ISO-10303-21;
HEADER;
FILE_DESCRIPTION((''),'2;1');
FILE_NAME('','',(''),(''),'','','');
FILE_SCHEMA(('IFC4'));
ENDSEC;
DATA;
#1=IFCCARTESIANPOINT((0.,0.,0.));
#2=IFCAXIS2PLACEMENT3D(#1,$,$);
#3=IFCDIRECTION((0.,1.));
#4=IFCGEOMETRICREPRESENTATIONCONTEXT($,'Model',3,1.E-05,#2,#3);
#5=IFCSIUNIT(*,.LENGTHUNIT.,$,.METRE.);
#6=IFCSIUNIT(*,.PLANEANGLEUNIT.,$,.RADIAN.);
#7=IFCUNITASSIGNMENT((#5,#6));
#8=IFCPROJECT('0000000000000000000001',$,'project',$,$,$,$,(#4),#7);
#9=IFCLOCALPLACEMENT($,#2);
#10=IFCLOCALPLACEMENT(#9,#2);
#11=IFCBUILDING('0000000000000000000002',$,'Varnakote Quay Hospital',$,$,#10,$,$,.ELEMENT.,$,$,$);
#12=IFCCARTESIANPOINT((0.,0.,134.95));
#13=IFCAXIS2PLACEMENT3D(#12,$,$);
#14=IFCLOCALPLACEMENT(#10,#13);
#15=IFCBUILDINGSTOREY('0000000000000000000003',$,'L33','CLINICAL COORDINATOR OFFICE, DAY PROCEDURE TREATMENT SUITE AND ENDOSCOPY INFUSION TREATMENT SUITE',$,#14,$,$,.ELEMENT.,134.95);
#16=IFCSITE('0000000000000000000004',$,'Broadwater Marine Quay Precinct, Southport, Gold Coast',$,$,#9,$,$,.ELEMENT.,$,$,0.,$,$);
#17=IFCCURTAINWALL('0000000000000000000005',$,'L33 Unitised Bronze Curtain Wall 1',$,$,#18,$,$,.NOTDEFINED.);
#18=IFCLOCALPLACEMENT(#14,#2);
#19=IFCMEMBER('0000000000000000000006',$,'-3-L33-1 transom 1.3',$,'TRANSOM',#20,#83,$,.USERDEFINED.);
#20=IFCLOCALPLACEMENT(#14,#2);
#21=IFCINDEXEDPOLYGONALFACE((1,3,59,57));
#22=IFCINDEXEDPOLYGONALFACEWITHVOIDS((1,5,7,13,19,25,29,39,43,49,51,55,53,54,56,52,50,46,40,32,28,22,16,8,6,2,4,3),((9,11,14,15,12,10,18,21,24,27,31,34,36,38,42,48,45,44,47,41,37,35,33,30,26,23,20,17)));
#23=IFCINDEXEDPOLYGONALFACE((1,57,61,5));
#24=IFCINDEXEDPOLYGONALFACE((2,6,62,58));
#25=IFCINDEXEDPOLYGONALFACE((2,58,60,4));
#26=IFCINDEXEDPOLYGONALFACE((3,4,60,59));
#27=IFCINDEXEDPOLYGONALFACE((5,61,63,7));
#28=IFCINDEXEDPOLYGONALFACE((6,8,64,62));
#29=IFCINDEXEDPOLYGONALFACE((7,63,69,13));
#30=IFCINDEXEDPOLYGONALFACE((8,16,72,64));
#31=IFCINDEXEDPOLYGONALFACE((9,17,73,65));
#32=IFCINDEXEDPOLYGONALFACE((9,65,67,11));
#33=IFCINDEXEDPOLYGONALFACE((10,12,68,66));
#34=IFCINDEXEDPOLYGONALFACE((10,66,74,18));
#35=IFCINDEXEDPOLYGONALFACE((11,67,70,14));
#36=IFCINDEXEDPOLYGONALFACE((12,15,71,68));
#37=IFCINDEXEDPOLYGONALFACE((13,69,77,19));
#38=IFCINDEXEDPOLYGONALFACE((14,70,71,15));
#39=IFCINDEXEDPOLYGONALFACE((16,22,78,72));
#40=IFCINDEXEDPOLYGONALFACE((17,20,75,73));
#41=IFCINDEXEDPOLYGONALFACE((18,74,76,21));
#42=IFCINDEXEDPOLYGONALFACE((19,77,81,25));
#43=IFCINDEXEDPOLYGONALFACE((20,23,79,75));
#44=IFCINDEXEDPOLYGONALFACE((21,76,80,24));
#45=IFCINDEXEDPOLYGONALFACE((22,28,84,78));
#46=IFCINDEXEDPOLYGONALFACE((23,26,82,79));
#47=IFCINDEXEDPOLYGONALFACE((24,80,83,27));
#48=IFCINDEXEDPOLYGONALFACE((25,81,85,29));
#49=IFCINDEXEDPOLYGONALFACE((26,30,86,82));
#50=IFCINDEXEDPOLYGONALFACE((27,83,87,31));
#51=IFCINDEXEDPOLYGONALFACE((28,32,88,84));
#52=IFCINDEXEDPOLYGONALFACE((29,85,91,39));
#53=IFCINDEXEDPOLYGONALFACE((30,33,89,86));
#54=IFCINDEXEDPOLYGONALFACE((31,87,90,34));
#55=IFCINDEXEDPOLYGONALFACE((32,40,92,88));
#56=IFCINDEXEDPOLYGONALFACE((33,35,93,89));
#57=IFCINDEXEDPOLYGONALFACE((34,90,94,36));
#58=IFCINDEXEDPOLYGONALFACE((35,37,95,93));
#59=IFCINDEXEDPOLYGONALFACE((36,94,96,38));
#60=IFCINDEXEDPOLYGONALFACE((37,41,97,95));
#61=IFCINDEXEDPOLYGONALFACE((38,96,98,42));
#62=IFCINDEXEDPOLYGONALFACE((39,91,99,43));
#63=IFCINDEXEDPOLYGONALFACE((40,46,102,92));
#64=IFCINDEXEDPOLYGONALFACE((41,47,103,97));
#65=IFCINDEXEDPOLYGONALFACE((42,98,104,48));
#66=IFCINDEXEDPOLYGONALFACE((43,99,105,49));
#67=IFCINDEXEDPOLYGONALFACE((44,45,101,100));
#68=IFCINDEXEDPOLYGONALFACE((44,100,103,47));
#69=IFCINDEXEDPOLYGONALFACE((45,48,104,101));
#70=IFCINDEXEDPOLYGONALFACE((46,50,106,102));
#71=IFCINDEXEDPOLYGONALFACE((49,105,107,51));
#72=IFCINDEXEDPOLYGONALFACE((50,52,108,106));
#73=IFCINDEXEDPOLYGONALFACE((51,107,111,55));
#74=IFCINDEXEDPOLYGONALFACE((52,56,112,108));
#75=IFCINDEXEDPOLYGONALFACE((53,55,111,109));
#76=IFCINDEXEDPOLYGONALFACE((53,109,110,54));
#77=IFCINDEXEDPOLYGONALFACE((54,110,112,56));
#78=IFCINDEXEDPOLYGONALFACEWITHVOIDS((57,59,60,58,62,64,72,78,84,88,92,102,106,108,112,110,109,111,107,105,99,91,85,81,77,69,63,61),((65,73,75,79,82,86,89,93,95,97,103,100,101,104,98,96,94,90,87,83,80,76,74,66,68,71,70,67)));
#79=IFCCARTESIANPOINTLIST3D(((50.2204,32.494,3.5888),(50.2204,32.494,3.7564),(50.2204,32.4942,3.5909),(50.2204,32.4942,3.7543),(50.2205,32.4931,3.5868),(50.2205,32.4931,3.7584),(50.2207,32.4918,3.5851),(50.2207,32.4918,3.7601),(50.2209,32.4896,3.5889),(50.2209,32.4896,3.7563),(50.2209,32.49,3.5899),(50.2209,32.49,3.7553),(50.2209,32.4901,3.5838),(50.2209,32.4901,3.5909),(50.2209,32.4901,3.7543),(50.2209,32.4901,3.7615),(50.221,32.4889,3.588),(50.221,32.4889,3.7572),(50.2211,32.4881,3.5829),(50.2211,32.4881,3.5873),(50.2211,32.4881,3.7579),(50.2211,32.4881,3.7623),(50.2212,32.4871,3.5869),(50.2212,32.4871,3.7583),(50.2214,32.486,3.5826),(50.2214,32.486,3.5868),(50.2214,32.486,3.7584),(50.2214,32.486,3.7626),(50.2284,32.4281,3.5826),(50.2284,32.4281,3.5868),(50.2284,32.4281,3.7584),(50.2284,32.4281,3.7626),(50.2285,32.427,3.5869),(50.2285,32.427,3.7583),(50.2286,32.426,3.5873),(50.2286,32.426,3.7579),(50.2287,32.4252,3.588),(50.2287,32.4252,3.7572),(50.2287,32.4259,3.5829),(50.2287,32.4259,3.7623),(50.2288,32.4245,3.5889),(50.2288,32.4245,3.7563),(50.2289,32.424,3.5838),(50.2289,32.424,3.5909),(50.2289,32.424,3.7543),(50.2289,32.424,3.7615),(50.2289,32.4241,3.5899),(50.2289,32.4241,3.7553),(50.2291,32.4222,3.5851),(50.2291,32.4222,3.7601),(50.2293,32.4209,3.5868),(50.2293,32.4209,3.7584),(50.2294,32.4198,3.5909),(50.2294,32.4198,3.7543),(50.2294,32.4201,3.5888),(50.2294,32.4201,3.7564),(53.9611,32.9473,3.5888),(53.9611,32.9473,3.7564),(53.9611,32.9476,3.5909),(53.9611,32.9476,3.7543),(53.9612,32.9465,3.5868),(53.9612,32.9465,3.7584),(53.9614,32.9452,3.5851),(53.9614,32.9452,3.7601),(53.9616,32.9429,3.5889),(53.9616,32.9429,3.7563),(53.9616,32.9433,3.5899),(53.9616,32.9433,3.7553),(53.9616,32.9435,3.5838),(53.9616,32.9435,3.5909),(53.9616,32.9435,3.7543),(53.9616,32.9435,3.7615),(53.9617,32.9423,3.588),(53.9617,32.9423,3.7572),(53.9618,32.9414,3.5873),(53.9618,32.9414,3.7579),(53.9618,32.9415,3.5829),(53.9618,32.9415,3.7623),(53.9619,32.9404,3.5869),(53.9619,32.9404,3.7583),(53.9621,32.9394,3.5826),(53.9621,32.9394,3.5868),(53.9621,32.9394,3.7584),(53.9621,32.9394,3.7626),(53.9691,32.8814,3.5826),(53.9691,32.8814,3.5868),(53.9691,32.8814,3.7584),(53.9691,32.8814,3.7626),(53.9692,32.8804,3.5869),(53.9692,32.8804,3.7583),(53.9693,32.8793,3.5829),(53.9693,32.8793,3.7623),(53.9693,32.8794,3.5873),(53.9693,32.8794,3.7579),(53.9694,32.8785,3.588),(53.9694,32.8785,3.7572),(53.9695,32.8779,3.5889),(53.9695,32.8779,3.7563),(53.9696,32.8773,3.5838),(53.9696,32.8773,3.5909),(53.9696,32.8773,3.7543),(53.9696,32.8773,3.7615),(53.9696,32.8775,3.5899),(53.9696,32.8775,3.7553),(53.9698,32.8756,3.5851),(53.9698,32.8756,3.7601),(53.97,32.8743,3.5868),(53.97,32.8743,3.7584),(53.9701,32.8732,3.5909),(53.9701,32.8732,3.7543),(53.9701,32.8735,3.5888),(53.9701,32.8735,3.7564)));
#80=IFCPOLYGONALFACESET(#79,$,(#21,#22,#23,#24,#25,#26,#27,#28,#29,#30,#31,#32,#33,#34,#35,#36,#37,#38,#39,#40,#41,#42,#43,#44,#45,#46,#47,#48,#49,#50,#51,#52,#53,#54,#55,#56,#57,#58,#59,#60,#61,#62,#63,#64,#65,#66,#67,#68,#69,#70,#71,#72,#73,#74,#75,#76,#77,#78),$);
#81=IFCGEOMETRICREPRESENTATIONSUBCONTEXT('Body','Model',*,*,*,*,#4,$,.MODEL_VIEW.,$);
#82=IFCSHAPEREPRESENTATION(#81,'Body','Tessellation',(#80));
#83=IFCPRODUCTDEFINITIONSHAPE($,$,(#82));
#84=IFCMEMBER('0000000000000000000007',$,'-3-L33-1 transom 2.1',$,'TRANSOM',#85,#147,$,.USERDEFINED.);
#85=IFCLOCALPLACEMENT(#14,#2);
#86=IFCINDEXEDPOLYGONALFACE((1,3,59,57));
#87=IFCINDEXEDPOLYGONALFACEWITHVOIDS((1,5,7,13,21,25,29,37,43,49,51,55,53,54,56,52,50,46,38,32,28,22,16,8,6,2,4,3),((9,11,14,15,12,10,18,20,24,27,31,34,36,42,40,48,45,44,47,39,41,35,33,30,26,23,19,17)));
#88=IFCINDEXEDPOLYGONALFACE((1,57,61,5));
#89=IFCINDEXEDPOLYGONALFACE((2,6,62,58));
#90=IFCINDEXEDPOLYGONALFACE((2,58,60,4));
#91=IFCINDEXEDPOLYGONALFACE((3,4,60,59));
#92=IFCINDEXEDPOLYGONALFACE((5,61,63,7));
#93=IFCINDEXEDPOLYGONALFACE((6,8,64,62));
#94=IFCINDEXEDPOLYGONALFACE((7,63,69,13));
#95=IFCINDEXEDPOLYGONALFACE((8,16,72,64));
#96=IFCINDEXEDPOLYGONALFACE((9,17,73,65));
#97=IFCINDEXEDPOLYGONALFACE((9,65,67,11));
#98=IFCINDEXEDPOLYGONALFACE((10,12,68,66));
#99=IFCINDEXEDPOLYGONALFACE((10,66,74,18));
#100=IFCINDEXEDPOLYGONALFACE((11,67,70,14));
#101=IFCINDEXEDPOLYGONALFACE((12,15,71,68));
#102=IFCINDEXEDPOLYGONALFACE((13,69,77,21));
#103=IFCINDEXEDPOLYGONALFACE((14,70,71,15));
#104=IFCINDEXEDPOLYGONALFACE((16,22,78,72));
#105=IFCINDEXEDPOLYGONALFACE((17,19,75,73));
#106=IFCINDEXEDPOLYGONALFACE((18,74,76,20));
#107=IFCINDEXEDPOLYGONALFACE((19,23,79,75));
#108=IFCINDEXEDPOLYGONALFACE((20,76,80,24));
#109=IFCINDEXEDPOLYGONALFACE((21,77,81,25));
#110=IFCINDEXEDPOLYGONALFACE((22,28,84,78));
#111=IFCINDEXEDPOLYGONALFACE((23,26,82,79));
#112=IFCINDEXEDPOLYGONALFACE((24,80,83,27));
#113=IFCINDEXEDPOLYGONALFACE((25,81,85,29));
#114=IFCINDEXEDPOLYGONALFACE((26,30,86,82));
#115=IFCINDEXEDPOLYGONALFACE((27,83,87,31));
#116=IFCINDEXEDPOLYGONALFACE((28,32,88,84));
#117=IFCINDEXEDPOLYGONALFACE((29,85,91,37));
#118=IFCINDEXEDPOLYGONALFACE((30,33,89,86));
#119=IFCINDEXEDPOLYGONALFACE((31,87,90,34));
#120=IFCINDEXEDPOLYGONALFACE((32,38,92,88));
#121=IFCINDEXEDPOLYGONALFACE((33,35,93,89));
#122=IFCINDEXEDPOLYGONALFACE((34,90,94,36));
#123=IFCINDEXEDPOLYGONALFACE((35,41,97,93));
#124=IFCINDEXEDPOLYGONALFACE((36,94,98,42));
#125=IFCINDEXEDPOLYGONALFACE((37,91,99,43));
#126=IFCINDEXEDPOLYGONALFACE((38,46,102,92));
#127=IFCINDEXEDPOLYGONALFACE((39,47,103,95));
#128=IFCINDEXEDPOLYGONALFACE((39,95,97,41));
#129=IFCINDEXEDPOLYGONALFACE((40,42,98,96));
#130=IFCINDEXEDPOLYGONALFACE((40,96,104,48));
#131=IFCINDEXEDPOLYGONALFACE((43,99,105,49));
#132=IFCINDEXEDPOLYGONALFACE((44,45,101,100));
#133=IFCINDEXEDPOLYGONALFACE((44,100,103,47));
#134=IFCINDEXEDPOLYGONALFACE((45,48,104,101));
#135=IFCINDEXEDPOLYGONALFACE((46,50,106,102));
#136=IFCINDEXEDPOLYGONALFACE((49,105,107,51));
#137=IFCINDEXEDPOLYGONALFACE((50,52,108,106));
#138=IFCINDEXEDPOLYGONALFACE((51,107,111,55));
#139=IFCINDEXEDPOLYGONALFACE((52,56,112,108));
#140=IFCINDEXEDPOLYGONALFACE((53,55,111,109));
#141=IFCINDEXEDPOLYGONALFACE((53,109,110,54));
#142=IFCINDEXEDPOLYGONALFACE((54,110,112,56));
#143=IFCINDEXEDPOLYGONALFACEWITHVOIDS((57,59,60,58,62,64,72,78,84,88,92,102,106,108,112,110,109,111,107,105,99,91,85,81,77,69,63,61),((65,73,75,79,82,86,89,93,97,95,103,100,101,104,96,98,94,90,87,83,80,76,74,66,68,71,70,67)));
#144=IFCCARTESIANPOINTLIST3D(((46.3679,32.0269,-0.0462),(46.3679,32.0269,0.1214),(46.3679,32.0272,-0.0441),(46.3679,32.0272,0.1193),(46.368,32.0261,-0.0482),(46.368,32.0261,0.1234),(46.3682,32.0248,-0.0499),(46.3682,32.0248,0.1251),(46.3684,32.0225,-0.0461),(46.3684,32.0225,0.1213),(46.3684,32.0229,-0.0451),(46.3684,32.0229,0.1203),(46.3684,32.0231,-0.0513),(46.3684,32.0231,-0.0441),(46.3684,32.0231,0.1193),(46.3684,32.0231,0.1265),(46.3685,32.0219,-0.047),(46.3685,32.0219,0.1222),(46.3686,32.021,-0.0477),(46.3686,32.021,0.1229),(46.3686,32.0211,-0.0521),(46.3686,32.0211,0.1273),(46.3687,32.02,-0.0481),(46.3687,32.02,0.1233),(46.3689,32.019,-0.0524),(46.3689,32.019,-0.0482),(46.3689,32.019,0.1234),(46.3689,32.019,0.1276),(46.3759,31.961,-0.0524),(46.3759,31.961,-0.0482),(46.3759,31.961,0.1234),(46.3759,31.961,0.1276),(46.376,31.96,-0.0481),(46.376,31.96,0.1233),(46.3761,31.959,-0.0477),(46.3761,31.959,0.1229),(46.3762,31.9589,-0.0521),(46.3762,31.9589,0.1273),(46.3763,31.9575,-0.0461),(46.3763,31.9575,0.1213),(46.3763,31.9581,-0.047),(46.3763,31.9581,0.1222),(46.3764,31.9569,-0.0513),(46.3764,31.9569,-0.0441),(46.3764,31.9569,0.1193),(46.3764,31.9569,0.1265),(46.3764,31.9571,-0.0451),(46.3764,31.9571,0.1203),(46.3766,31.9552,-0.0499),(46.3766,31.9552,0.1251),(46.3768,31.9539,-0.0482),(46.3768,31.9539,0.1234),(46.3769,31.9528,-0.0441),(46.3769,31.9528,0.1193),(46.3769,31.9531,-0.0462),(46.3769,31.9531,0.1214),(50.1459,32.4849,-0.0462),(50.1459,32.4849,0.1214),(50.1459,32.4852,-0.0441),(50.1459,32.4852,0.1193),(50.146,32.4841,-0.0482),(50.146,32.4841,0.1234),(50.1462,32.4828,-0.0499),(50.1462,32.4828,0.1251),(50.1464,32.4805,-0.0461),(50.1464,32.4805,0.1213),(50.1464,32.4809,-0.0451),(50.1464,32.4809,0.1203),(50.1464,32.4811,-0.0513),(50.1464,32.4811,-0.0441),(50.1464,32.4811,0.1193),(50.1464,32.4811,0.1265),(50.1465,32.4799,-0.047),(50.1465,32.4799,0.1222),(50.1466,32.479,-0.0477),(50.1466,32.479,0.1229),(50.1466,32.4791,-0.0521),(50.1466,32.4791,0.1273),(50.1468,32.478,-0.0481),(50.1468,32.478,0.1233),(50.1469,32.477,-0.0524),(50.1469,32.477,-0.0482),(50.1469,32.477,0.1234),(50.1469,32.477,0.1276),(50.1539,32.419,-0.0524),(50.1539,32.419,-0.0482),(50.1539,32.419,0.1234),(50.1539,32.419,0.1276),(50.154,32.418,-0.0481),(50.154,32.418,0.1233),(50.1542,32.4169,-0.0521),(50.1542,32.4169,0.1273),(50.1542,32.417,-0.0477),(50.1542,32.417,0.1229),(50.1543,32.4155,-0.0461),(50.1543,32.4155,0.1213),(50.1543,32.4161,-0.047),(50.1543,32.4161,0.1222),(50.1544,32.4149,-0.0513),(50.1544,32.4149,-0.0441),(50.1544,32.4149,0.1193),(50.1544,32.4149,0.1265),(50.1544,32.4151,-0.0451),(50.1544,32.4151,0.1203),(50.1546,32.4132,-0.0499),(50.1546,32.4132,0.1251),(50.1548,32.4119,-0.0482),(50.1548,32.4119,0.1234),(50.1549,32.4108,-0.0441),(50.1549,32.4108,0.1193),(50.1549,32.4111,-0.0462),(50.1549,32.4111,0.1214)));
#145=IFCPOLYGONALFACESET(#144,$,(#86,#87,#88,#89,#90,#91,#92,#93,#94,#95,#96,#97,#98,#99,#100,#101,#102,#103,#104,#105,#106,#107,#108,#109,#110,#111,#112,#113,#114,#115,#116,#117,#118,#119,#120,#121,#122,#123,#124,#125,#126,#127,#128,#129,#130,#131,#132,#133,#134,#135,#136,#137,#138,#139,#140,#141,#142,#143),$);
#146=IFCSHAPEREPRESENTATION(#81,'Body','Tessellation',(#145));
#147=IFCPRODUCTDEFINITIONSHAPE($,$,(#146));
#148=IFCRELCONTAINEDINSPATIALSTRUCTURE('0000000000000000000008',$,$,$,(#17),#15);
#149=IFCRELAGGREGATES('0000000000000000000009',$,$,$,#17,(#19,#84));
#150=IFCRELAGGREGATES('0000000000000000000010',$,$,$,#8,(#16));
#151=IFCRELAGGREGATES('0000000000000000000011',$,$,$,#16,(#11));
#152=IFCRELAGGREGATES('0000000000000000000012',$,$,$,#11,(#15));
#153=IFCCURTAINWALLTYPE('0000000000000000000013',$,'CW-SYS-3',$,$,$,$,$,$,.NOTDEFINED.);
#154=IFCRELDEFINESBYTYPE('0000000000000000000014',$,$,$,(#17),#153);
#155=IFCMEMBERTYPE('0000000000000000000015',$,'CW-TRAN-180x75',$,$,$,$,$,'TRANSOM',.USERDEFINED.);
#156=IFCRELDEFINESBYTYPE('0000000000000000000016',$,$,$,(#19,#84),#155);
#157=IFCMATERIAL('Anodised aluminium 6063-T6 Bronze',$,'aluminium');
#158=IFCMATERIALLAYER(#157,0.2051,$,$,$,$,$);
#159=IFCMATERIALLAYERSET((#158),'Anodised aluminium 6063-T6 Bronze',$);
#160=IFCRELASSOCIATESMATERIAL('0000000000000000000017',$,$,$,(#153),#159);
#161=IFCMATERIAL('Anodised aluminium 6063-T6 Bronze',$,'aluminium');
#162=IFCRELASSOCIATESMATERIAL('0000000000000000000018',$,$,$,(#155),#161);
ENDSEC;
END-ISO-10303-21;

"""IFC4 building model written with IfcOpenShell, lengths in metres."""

from ifc_helpers import new_model, si_unit, direction, frame, origin, origin_2d, place, context, subcontext, project, spatial, hollow_rectangle, extrude, material, layer, layer_set, material_profile, profile_set, type_object, element, aggregate, save


model = new_model("IFC4")

# Units and contexts
model_context = context("Model", 3, precision=1e-05, world=origin(), true_north=direction((0.0, 1.0)))
body_context = subcontext(model_context, "Body", "Model", "MODEL_VIEW")
ifc_project = project(units=[si_unit("LENGTHUNIT", "METRE"), si_unit("PLANEANGLEUNIT", "RADIAN")], contexts=[model_context])

# Site, building, storey
site_placement = place(None, origin())
site = spatial("IfcSite", under=ifc_project, at=site_placement, Name="Broadwater Marine Quay Precinct, Southport, Gold Coast", CompositionType="ELEMENT", RefElevation=0.0)
building_placement = place(site_placement, origin())
building = spatial("IfcBuilding", under=site, at=building_placement, Name="Varnakote Quay Hospital", CompositionType="ELEMENT")
storey_placement = place(building_placement, frame((0.0, 0.0, 134.95)))
storey = spatial("IfcBuildingStorey", under=building, at=storey_placement, Name="L33", Description="CLINICAL COORDINATOR OFFICE, DAY PROCEDURE TREATMENT SUITE AND ENDOSCOPY INFUSION TREATMENT SUITE", CompositionType="ELEMENT", Elevation=134.95)

# Curtain wall, members
ifc_material_1 = material(Name="Anodised aluminium 6063-T6 Bronze", Category="aluminium")
ifc_layer_1 = layer(ifc_material_1, 0.2051)
ifc_layer_set_1 = layer_set([ifc_layer_1], Name="Anodised aluminium 6063-T6 Bronze")
curtain_wall_type = type_object("IfcCurtainWallType", Name="CW-SYS-3", PredefinedType="NOTDEFINED", material=ifc_layer_set_1)
curtain_wall_placement = place(storey_placement, origin())
curtain_wall = element("IfcCurtainWall", 1, at=curtain_wall_placement, inside=storey, type_object=curtain_wall_type, Name="L33 Unitised Bronze Curtain Wall 1", PredefinedType="NOTDEFINED")
ifc_material_2 = material(Name="Anodised aluminium 6063-T6 Bronze", Category="aluminium")
ifc_material_profile_1 = material_profile(ifc_material_2, hollow_rectangle(XDim=0.075, YDim=0.1799, WallThickness=0.0042, InnerFilletRadius=0.0042, OuterFilletRadius=0.0083, at=origin_2d()), Name="CW-TRAN-180x75")
ifc_profile_set_1 = profile_set([ifc_material_profile_1], Name="Anodised aluminium 6063-T6 Bronze")
member_type_1 = type_object("IfcMemberType", Name="CW-TRAN-180x75", ElementType="TRANSOM", PredefinedType="USERDEFINED", material=ifc_profile_set_1)
member_1_placement = place(storey_placement, frame((53.9656, 32.9104, 3.6726), z_axis=(-0.992735, -0.120318, 0.0), x_axis=(0.120318, -0.992735, 0.0)))
member_1 = element("IfcMember", 2, at=member_1_placement, type_object=member_type_1, Name="-3-L33-1 transom 1.3", ObjectType="TRANSOM", PredefinedType="USERDEFINED", context=body_context, shape_type="SweptSolid", body=[
    extrude(hollow_rectangle(XDim=0.075, YDim=0.1799, WallThickness=0.0042, InnerFilletRadius=0.0042, OuterFilletRadius=0.0083, at=origin_2d()), origin(), (0.0, 0.0, 1.0), 3.7681),
])
member_2_placement = place(storey_placement, frame((50.1504, 32.448, 0.0376), z_axis=(-0.992732, -0.120347, 0.0), x_axis=(0.120347, -0.992732, 0.0)))
member_2 = element("IfcMember", 3, at=member_2_placement, type_object=member_type_1, Name="-3-L33-1 transom 2.1", ObjectType="TRANSOM", PredefinedType="USERDEFINED", context=body_context, shape_type="SweptSolid", body=[
    extrude(hollow_rectangle(XDim=0.075, YDim=0.1799, WallThickness=0.0042, InnerFilletRadius=0.0042, OuterFilletRadius=0.0083, at=origin_2d()), origin(), (0.0, 0.0, 1.0), 3.8057),
])
aggregate(curtain_wall, [member_1, member_2])

save(model, "model.ifc")
